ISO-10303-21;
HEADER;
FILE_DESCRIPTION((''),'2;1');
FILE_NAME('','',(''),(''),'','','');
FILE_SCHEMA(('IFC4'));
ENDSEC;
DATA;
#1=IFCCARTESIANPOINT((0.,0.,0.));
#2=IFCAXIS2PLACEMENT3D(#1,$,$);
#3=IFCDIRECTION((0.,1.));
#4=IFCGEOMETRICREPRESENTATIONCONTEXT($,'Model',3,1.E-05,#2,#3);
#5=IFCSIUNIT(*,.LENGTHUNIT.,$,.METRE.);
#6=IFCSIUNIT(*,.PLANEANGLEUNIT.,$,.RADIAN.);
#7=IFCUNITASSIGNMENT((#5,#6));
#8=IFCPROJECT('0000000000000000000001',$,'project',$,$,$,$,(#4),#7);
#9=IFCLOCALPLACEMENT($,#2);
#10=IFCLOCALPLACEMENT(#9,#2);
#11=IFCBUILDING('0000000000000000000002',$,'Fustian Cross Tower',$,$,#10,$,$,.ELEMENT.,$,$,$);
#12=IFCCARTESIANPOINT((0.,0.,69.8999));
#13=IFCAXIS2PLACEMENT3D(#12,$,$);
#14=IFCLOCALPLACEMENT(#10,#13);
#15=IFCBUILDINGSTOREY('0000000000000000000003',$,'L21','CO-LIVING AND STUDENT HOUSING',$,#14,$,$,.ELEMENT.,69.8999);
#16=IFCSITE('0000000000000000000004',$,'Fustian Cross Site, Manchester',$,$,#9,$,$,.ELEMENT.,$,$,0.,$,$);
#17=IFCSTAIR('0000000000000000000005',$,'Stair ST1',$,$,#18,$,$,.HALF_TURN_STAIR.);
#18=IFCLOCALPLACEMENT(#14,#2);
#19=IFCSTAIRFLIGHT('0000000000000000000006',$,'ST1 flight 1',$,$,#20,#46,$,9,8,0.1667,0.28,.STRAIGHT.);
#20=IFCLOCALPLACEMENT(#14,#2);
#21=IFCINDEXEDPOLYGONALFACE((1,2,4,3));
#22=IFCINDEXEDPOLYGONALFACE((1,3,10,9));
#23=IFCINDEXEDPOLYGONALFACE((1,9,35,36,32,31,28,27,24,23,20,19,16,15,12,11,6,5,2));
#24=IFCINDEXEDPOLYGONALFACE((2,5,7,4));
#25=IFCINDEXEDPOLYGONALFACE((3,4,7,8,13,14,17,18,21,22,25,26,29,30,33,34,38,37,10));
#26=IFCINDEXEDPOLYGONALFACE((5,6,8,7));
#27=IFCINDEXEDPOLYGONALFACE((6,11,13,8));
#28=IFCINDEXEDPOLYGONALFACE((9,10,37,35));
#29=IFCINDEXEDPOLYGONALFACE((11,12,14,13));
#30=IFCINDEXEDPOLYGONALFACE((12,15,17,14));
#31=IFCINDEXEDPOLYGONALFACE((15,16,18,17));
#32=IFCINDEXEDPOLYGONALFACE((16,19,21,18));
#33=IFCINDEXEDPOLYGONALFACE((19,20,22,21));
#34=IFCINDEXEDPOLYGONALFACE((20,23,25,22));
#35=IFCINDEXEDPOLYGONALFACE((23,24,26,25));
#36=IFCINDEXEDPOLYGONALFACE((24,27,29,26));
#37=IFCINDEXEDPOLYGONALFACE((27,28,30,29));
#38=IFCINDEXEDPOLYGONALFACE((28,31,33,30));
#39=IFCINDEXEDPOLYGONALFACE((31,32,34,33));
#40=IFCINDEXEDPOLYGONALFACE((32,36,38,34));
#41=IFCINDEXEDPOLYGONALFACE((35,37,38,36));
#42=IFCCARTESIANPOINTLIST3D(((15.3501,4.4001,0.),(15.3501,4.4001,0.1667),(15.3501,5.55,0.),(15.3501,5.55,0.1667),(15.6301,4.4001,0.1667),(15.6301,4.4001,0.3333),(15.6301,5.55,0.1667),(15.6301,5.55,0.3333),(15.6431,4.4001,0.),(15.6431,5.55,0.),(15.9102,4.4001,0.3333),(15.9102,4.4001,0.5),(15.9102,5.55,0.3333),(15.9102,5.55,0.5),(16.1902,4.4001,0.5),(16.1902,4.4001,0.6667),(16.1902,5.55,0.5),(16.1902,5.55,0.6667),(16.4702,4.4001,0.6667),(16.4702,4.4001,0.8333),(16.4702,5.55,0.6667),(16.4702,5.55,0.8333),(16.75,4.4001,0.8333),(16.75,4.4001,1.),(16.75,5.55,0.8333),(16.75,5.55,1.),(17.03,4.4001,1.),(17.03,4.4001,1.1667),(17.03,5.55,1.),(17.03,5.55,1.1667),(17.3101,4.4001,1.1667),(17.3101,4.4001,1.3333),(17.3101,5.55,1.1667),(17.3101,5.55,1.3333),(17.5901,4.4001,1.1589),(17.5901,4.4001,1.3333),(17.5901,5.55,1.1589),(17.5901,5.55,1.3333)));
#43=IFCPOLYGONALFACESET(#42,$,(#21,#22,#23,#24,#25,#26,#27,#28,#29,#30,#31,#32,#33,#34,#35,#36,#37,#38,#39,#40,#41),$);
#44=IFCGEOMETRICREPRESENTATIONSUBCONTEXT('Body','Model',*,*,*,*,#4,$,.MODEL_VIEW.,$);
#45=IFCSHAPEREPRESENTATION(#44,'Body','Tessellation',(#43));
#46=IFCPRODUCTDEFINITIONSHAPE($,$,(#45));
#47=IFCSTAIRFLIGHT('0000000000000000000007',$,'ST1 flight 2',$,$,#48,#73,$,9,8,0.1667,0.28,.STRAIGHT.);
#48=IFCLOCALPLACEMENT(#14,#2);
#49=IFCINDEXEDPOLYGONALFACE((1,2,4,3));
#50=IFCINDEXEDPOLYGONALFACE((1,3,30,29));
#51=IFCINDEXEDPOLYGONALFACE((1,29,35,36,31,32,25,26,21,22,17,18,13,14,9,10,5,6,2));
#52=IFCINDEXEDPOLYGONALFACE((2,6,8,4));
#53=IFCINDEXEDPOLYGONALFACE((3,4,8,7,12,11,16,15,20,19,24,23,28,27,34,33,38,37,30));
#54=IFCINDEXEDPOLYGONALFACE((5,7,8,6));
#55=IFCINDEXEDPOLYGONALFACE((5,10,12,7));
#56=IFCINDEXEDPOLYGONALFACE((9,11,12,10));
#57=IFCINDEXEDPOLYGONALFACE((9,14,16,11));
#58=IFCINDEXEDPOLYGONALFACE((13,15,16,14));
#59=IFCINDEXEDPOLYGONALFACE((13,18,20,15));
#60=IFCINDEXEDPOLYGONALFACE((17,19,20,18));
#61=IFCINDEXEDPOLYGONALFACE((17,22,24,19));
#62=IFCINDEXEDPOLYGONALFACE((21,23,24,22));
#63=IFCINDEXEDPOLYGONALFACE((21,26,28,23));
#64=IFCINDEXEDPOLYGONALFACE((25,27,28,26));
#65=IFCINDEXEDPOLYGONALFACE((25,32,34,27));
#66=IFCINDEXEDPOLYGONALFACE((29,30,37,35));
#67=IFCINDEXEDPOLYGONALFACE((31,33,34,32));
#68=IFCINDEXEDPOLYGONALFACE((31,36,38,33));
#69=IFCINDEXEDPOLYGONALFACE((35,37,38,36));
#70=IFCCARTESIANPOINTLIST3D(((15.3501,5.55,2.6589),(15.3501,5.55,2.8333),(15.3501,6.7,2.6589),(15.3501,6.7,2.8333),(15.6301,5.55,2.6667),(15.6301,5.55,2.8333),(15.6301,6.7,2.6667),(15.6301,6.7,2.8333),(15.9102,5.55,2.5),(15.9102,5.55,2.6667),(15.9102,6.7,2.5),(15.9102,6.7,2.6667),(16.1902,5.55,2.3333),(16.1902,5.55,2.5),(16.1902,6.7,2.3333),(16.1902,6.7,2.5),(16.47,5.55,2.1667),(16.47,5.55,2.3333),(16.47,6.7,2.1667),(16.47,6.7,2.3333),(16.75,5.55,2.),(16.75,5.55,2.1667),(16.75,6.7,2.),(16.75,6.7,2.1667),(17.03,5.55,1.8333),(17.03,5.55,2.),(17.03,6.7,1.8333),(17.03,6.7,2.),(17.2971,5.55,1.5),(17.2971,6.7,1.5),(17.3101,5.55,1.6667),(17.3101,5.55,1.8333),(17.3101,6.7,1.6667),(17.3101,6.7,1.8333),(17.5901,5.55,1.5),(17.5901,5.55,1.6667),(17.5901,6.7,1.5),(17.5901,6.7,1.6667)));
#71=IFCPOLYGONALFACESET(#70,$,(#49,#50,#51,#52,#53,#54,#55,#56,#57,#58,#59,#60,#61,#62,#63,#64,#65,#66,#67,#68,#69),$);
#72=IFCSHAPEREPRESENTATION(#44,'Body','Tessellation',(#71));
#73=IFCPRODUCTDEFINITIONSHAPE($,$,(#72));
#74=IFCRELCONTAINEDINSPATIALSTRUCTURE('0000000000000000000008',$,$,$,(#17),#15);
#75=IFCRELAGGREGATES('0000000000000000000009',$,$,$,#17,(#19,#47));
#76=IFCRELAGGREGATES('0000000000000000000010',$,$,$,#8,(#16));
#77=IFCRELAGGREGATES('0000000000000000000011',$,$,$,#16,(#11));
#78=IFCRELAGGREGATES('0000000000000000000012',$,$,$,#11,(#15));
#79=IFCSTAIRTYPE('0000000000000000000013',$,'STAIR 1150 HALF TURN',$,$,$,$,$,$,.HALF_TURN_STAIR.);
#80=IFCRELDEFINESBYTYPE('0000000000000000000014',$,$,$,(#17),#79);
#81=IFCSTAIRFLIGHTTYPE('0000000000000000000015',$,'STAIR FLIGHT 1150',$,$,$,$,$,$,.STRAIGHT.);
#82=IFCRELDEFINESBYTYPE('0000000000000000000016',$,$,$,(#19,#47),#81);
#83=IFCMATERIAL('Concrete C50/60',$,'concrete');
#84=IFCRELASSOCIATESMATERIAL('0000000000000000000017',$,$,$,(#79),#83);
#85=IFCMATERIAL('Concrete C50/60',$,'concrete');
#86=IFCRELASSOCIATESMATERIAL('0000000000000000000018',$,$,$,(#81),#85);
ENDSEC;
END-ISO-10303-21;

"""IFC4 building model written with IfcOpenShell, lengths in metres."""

from ifc_helpers import new_model, si_unit, direction, frame, origin, place, context, subcontext, project, spatial, polyline, outline, extrude, material, type_object, element, aggregate, save


model = new_model("IFC4")

# Units and contexts
model_context = context("Model", 3, precision=1e-05, world=origin(), true_north=direction((0.0, 1.0)))
body_context = subcontext(model_context, "Body", "Model", "MODEL_VIEW")
ifc_project = project(units=[si_unit("LENGTHUNIT", "METRE"), si_unit("PLANEANGLEUNIT", "RADIAN")], contexts=[model_context])

# Site, building, storey
site_placement = place(None, origin())
site = spatial("IfcSite", under=ifc_project, at=site_placement, Name="Fustian Cross Site, Manchester", CompositionType="ELEMENT", RefElevation=0.0)
building_placement = place(site_placement, origin())
building = spatial("IfcBuilding", under=site, at=building_placement, Name="Fustian Cross Tower", CompositionType="ELEMENT")
storey_placement = place(building_placement, frame((0.0, 0.0, 69.8999)))
storey = spatial("IfcBuildingStorey", under=building, at=storey_placement, Name="L21", Description="CO-LIVING AND STUDENT HOUSING", CompositionType="ELEMENT", Elevation=69.8999)

# Stair, stair flights
ifc_material_1 = material(Name="Concrete C50/60", Category="concrete")
stair_type = type_object("IfcStairType", Name="STAIR 1150 HALF TURN", PredefinedType="HALF_TURN_STAIR", material=ifc_material_1)
stair_placement = place(storey_placement, origin())
stair = element("IfcStair", 1, at=stair_placement, inside=storey, type_object=stair_type, Name="Stair ST1", PredefinedType="HALF_TURN_STAIR")
ifc_material_2 = material(Name="Concrete C50/60", Category="concrete")
stair_flight_type = type_object("IfcStairFlightType", Name="STAIR FLIGHT 1150", PredefinedType="STRAIGHT", material=ifc_material_2)
stair_flight_1_placement = place(storey_placement, frame((15.3501, 4.9751, 0.0), z_axis=(0.0, 0.0, 1.0), x_axis=(1.0, 0.0, 0.0)))
stair_flight_1 = element("IfcStairFlight", 2, at=stair_flight_1_placement, type_object=stair_flight_type, Name="ST1 flight 1", NumberOfRisers=9, NumberOfTreads=8, PredefinedType="STRAIGHT", RiserHeight=0.1667, TreadLength=0.28, context=body_context, shape_type="SweptSolid", body=[
    extrude(outline(polyline([(0.0, 0.0), (0.0, 0.1667), (0.28, 0.1667), (0.28, 0.3333), (0.5601, 0.3333), (0.5601, 0.5), (0.8401, 0.5), (0.8401, 0.6667), (1.1201, 0.6667), (1.1201, 0.8333), (1.3999, 0.8333), (1.3999, 1.0), (1.6799, 1.0), (1.6799, 1.1667), (1.96, 1.1667), (1.96, 1.3333), (2.24, 1.3333), (2.24, 1.5), (2.24, 1.1589), (0.293, 0.0), (0.0, 0.0)])), frame((0.0, 0.575, 0.0), z_axis=(0.0, -1.0, 0.0), x_axis=(1.0, 0.0, 0.0)), (0.0, 0.0, 1.0), 1.1499),
])
stair_flight_2_placement = place(storey_placement, frame((17.5901, 6.125, 1.5), z_axis=(0.0, 0.0, 1.0), x_axis=(-1.0, 0.0, 0.0)))
stair_flight_2 = element("IfcStairFlight", 3, at=stair_flight_2_placement, type_object=stair_flight_type, Name="ST1 flight 2", NumberOfRisers=9, NumberOfTreads=8, PredefinedType="STRAIGHT", RiserHeight=0.1667, TreadLength=0.28, context=body_context, shape_type="SweptSolid", body=[
    extrude(outline(polyline([(0.0, 0.0), (0.0, 0.1667), (0.28, 0.1667), (0.28, 0.3333), (0.5601, 0.3333), (0.5601, 0.5), (0.8401, 0.5), (0.8401, 0.6667), (1.1201, 0.6667), (1.1201, 0.8333), (1.3999, 0.8333), (1.3999, 1.0), (1.6799, 1.0), (1.6799, 1.1667), (1.96, 1.1667), (1.96, 1.3333), (2.24, 1.3333), (2.24, 1.5), (2.24, 1.1589), (0.293, 0.0), (0.0, 0.0)])), frame((0.0, 0.575, 0.0), z_axis=(0.0, -1.0, 0.0), x_axis=(1.0, 0.0, 0.0)), (0.0, 0.0, 1.0), 1.1499),
])
aggregate(stair, [stair_flight_1, stair_flight_2])

save(model, "model.ifc")
